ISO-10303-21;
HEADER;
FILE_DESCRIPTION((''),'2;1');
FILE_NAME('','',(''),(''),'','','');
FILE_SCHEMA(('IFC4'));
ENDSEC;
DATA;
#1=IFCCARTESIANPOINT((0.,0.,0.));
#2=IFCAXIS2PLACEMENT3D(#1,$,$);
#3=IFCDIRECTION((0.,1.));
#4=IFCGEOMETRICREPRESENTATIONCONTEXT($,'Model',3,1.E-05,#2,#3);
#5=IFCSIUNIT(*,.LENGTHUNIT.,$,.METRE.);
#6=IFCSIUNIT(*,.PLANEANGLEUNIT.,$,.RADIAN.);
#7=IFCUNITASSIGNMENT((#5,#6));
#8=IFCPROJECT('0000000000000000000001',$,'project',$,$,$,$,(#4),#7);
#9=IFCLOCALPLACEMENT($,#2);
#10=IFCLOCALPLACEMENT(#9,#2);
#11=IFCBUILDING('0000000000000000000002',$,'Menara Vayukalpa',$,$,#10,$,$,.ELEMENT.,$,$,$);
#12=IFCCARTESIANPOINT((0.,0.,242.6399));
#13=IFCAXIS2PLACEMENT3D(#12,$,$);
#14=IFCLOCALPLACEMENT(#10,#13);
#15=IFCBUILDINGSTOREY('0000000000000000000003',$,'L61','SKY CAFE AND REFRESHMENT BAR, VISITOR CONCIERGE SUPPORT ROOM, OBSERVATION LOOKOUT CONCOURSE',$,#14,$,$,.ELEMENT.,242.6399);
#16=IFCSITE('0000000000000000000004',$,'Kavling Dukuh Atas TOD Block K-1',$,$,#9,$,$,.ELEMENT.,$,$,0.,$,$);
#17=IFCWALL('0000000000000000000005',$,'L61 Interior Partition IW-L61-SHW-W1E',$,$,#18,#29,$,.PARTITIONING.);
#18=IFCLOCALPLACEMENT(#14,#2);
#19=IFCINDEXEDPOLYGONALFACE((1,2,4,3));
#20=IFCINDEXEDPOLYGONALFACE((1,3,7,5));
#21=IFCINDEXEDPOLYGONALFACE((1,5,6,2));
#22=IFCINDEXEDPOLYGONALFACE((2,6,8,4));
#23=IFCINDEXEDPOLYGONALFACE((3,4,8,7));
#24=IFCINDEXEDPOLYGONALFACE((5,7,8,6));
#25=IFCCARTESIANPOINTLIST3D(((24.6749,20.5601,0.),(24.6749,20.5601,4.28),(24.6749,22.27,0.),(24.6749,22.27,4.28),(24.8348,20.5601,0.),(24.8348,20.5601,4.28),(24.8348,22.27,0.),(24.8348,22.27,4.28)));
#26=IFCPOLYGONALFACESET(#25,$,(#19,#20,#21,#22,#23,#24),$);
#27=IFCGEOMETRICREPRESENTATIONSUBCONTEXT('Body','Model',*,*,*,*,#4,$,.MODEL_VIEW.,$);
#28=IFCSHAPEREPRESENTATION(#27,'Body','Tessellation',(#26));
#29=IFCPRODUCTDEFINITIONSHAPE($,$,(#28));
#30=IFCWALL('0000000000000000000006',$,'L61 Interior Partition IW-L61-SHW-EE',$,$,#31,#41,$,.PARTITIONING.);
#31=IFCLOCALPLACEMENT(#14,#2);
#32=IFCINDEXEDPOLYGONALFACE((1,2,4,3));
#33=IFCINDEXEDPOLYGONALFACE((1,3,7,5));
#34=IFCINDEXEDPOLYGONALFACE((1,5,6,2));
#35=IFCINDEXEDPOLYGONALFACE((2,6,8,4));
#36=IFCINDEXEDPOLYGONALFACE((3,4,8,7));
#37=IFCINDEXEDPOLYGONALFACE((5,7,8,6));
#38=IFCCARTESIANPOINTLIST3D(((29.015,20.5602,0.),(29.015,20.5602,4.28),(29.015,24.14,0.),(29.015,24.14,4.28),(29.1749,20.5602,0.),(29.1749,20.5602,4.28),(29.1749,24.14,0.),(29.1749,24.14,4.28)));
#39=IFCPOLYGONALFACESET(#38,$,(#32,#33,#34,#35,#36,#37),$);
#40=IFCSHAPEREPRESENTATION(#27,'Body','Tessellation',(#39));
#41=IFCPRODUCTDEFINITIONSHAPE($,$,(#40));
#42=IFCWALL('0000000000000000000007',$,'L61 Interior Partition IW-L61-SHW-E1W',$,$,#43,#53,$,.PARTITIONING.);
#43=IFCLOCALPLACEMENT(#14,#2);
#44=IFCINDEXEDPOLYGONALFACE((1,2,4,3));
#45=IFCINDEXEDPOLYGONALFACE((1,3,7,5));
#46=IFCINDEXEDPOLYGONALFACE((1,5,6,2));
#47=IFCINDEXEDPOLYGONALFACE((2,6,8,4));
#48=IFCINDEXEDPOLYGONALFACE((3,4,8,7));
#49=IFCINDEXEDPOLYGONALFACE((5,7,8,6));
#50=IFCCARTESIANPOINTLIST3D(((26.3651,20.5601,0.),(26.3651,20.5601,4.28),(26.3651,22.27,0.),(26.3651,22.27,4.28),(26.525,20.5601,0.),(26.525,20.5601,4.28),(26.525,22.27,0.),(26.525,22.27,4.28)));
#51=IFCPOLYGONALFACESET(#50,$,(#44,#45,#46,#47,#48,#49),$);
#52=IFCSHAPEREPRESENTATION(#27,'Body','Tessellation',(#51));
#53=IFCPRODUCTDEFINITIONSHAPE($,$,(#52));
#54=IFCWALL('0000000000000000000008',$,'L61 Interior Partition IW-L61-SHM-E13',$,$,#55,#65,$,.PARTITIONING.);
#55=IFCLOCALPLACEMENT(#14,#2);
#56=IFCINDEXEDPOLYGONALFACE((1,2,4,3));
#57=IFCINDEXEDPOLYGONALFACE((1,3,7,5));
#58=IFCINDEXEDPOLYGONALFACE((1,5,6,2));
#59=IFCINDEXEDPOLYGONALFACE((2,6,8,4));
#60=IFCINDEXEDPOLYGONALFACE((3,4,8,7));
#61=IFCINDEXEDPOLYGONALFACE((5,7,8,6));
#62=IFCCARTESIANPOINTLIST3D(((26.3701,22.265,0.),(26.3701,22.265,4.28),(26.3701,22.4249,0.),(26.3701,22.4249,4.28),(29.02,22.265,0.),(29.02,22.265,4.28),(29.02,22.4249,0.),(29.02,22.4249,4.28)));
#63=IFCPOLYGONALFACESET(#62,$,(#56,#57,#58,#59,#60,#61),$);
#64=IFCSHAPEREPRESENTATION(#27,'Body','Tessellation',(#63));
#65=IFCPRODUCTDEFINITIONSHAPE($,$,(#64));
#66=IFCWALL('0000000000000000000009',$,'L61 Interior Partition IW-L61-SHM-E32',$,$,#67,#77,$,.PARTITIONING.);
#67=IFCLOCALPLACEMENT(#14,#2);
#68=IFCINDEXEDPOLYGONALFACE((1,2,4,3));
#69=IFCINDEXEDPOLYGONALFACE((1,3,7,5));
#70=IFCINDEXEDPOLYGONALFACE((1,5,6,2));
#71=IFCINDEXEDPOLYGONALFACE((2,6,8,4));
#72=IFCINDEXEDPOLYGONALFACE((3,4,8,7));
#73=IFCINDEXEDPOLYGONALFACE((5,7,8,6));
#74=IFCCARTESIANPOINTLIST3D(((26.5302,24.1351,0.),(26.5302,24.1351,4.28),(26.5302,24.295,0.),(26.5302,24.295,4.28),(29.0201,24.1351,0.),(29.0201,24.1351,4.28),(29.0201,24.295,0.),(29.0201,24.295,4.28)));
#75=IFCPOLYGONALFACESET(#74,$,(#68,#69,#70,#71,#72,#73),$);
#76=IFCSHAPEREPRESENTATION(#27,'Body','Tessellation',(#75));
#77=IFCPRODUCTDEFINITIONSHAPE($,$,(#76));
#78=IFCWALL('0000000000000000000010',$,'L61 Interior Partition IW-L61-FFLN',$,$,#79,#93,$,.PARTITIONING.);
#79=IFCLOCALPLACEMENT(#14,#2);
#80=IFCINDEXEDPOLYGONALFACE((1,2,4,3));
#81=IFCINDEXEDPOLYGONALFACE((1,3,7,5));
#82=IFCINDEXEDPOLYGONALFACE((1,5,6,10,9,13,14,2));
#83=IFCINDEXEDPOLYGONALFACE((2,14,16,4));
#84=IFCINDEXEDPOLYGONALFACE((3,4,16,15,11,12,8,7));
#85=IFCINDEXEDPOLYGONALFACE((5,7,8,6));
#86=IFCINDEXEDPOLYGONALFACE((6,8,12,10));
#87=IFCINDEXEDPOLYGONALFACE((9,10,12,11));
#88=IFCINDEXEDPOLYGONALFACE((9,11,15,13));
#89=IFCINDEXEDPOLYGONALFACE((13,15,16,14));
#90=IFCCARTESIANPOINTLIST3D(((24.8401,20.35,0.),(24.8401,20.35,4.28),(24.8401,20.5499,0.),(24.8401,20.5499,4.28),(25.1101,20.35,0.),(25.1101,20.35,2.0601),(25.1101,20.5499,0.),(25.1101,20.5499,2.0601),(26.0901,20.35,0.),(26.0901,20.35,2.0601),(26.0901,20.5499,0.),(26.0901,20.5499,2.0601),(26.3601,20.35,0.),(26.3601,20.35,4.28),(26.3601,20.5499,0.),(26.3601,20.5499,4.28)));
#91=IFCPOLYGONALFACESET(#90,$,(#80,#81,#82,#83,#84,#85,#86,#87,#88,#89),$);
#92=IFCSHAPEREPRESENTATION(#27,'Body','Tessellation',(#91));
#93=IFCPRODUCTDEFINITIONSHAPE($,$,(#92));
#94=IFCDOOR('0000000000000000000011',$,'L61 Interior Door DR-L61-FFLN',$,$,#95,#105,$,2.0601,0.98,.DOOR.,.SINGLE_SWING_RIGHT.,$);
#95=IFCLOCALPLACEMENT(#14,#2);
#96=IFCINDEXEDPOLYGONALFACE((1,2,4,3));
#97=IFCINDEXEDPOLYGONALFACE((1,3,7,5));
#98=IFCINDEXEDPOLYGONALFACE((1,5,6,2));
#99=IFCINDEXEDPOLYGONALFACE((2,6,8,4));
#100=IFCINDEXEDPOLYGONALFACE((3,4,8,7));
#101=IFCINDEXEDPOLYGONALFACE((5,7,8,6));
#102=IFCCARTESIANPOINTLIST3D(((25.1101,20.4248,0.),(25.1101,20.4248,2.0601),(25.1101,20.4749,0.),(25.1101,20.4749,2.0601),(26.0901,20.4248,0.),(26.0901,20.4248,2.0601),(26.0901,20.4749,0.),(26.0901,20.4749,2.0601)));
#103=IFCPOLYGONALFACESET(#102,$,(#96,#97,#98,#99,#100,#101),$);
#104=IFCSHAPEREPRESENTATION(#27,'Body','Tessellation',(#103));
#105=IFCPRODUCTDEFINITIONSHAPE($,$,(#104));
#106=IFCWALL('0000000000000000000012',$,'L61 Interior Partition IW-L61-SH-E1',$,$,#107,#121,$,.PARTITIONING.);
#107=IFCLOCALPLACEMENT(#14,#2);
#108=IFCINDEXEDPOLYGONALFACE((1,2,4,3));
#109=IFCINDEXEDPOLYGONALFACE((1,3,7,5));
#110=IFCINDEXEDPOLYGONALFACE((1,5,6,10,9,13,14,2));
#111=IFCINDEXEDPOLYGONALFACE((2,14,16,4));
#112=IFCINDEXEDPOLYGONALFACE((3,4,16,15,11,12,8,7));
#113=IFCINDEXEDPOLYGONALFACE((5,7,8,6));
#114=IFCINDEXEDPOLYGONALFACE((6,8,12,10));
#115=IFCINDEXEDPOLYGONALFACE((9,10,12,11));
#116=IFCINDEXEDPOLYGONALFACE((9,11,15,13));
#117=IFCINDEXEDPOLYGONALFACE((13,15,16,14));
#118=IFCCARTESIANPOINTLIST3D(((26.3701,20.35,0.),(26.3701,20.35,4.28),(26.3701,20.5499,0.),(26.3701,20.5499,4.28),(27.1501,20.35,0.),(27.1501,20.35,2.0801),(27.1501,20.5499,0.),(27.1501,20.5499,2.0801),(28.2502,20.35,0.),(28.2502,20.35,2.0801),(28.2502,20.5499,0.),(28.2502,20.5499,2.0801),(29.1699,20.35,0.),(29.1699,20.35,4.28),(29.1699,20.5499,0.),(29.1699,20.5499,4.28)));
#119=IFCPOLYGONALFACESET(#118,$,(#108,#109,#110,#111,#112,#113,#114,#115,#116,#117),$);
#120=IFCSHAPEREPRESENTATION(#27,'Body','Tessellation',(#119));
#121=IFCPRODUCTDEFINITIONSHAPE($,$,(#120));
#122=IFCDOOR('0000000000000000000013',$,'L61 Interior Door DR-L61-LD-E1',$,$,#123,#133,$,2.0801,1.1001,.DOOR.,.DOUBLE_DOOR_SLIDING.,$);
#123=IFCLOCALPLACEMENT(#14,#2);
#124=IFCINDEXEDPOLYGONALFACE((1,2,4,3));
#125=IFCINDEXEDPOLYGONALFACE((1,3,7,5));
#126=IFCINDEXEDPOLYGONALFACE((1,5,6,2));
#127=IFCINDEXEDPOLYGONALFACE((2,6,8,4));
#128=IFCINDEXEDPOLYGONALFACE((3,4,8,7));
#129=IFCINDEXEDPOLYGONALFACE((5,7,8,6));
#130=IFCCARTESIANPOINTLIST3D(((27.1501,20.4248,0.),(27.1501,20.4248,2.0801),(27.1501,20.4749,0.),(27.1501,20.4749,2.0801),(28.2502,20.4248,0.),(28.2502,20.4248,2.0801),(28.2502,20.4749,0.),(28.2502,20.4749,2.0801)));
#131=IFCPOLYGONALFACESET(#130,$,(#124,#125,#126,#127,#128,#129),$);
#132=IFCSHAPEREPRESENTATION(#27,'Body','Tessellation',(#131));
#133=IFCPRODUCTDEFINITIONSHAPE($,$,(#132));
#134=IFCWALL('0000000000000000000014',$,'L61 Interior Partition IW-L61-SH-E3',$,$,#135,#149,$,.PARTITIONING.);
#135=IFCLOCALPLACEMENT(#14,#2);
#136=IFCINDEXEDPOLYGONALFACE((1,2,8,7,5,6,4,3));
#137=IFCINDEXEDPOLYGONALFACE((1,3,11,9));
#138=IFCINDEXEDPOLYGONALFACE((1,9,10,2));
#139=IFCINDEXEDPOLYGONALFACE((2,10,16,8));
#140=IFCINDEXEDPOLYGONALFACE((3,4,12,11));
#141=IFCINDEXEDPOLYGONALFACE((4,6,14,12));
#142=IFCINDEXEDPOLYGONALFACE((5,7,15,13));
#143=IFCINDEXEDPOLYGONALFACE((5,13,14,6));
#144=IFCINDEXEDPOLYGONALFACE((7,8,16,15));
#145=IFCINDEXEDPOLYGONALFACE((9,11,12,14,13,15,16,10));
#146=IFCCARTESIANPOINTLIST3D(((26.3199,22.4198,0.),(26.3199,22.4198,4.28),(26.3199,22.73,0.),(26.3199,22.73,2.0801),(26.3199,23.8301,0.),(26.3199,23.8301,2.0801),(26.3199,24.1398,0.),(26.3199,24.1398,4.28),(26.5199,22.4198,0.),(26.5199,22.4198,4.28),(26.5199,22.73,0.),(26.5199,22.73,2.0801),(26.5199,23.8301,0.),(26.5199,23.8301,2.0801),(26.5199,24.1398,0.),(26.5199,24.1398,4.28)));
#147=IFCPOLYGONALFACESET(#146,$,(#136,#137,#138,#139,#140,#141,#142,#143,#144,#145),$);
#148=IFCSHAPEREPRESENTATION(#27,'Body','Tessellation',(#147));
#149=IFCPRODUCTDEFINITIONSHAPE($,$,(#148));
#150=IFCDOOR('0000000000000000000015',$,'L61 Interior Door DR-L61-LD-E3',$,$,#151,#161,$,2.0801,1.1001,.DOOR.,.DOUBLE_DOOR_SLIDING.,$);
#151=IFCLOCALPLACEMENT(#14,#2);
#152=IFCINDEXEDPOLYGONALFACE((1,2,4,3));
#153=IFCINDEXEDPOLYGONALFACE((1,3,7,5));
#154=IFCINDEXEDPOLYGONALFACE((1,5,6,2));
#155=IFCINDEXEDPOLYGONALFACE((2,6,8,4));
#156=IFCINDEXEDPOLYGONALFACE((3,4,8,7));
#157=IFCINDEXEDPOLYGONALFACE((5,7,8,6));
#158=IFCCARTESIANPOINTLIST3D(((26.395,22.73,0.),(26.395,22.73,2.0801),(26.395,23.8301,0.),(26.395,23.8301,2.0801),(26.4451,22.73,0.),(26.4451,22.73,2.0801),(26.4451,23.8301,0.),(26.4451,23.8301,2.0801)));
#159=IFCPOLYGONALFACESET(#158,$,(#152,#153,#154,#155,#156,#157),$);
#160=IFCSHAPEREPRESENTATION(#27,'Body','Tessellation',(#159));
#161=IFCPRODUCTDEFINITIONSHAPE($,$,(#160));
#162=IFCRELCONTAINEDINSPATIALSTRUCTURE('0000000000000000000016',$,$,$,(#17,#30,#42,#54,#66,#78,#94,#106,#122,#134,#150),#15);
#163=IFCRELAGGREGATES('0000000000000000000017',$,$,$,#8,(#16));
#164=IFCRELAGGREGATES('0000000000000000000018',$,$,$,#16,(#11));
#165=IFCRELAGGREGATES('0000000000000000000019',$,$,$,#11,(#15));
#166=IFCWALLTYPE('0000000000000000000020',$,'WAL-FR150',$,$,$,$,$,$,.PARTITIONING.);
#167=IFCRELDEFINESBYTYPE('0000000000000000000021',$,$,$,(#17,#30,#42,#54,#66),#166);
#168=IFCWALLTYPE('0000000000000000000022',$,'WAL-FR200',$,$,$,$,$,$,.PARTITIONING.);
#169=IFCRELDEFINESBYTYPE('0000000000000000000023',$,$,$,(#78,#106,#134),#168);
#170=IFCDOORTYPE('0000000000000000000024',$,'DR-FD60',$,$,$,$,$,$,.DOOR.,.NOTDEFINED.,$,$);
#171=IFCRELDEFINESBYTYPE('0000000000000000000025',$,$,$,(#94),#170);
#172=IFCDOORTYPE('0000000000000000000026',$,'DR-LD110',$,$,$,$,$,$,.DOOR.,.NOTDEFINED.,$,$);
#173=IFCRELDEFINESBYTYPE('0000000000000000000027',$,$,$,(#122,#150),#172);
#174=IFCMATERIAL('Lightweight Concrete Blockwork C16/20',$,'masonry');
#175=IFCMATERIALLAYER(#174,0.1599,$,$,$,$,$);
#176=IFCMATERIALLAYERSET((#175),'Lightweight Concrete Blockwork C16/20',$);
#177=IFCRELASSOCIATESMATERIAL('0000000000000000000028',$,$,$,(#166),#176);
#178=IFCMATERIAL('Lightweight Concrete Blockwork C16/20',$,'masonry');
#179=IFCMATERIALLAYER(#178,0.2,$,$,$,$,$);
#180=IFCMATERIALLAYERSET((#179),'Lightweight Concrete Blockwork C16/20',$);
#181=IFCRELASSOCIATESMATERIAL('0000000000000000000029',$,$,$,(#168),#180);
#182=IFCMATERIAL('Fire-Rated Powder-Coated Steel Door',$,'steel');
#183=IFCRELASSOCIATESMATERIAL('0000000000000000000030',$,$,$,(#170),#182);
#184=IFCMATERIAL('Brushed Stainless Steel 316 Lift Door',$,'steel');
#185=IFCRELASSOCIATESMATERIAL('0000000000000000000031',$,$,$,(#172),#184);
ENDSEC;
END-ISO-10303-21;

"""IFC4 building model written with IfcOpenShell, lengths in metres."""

from ifc_helpers import new_model, si_unit, direction, frame, frame_2d, origin, place, context, subcontext, project, spatial, rectangle, extrude, material, layer, layer_set, type_object, element, fill, save


model = new_model("IFC4")

# Units and contexts
model_context = context("Model", 3, precision=1e-05, world=origin(), true_north=direction((0.0, 1.0)))
body_context = subcontext(model_context, "Body", "Model", "MODEL_VIEW")
ifc_project = project(units=[si_unit("LENGTHUNIT", "METRE"), si_unit("PLANEANGLEUNIT", "RADIAN")], contexts=[model_context])

# Site, building, storey
site_placement = place(None, origin())
site = spatial("IfcSite", under=ifc_project, at=site_placement, Name="Kavling Dukuh Atas TOD Block K-1", CompositionType="ELEMENT", RefElevation=0.0)
building_placement = place(site_placement, origin())
building = spatial("IfcBuilding", under=site, at=building_placement, Name="Menara Vayukalpa", CompositionType="ELEMENT")
storey_placement = place(building_placement, frame((0.0, 0.0, 242.6399)))
storey = spatial("IfcBuildingStorey", under=building, at=storey_placement, Name="L61", Description="SKY CAFE AND REFRESHMENT BAR, VISITOR CONCIERGE SUPPORT ROOM, OBSERVATION LOOKOUT CONCOURSE", CompositionType="ELEMENT", Elevation=242.6399)

# Walls
ifc_material_1 = material(Name="Lightweight Concrete Blockwork C16/20", Category="masonry")
ifc_layer_1 = layer(ifc_material_1, 0.1599)
ifc_layer_set_1 = layer_set([ifc_layer_1], Name="Lightweight Concrete Blockwork C16/20")
wall_type_1 = type_object("IfcWallType", Name="WAL-FR150", PredefinedType="PARTITIONING", material=ifc_layer_set_1)
wall_1_placement = place(storey_placement, frame((24.7549, 20.5601, 0.0), z_axis=(0.0, 0.0, 1.0), x_axis=(0.0, 1.0, 0.0)))
element("IfcWall", 1, at=wall_1_placement, inside=storey, type_object=wall_type_1, Name="L61 Interior Partition IW-L61-SHW-W1E", PredefinedType="PARTITIONING", context=body_context, shape_type="SweptSolid", body=[
    extrude(rectangle(XDim=1.71, YDim=0.1599, at=frame_2d((0.855, 0.0))), origin(), (0.0, 0.0, 1.0), 4.28),
])
wall_2_placement = place(storey_placement, frame((29.095, 20.5601, 0.0), z_axis=(0.0, 0.0, 1.0), x_axis=(0.0, 1.0, 0.0)))
element("IfcWall", 2, at=wall_2_placement, inside=storey, type_object=wall_type_1, Name="L61 Interior Partition IW-L61-SHW-EE", PredefinedType="PARTITIONING", context=body_context, shape_type="SweptSolid", body=[
    extrude(rectangle(XDim=3.5798, YDim=0.1599, at=frame_2d((1.79, 0.0))), origin(), (0.0, 0.0, 1.0), 4.28),
])
wall_3_placement = place(storey_placement, frame((26.4451, 20.5601, 0.0), z_axis=(0.0, 0.0, 1.0), x_axis=(0.0, 1.0, 0.0)))
element("IfcWall", 3, at=wall_3_placement, inside=storey, type_object=wall_type_1, Name="L61 Interior Partition IW-L61-SHW-E1W", PredefinedType="PARTITIONING", context=body_context, shape_type="SweptSolid", body=[
    extrude(rectangle(XDim=1.71, YDim=0.1599, at=frame_2d((0.855, 0.0))), origin(), (0.0, 0.0, 1.0), 4.28),
])
wall_4_placement = place(storey_placement, frame((26.3701, 22.345, 0.0), z_axis=(0.0, 0.0, 1.0), x_axis=(1.0, 0.0, 0.0)))
element("IfcWall", 4, at=wall_4_placement, inside=storey, type_object=wall_type_1, Name="L61 Interior Partition IW-L61-SHM-E13", PredefinedType="PARTITIONING", context=body_context, shape_type="SweptSolid", body=[
    extrude(rectangle(XDim=2.6499, YDim=0.1599, at=frame_2d((1.325, 0.0))), origin(), (0.0, 0.0, 1.0), 4.28),
])
wall_5_placement = place(storey_placement, frame((26.53, 24.2151, 0.0), z_axis=(0.0, 0.0, 1.0), x_axis=(1.0, 0.0, 0.0)))
element("IfcWall", 5, at=wall_5_placement, inside=storey, type_object=wall_type_1, Name="L61 Interior Partition IW-L61-SHM-E32", PredefinedType="PARTITIONING", context=body_context, shape_type="SweptSolid", body=[
    extrude(rectangle(XDim=2.49, YDim=0.1599, at=frame_2d((1.2451, 0.0))), origin(), (0.0, 0.0, 1.0), 4.28),
])

# Walls, openings, doors
ifc_material_2 = material(Name="Lightweight Concrete Blockwork C16/20", Category="masonry")
ifc_layer_2 = layer(ifc_material_2, 0.2)
ifc_layer_set_2 = layer_set([ifc_layer_2], Name="Lightweight Concrete Blockwork C16/20")
wall_type_2 = type_object("IfcWallType", Name="WAL-FR200", PredefinedType="PARTITIONING", material=ifc_layer_set_2)
wall_6_placement = place(storey_placement, frame((24.8401, 20.45, 0.0), z_axis=(0.0, 0.0, 1.0), x_axis=(1.0, 0.0, 0.0)))
wall_6 = element("IfcWall", 6, at=wall_6_placement, inside=storey, type_object=wall_type_2, Name="L61 Interior Partition IW-L61-FFLN", PredefinedType="PARTITIONING", context=body_context, shape_type="SweptSolid", body=[
    extrude(rectangle(XDim=1.52, YDim=0.2, at=frame_2d((0.76, 0.0))), origin(), (0.0, 0.0, 1.0), 4.28),
])
opening_1_placement = place(wall_6_placement, frame((0.27, 0.0, 0.0)))
opening_1 = element("IfcOpeningElement", 7, at=opening_1_placement, cuts=wall_6, PredefinedType="OPENING", context=body_context, shape_type="SweptSolid", body=[
    extrude(rectangle(XDim=0.98, YDim=2.0601, at=frame_2d((0.49, 1.03))), frame((0.0, 0.1099, 0.0), z_axis=(0.0, -1.0, 0.0), x_axis=(1.0, 0.0, 0.0)), (0.0, 0.0, 1.0), 0.22),
])
ifc_material_3 = material(Name="Fire-Rated Powder-Coated Steel Door", Category="steel")
door_type_1 = type_object("IfcDoorType", Name="DR-FD60", OperationType="NOTDEFINED", PredefinedType="DOOR", material=ifc_material_3)
door_1_placement = place(opening_1_placement, origin())
door_1 = element("IfcDoor", 8, at=door_1_placement, inside=storey, type_object=door_type_1, Name="L61 Interior Door DR-L61-FFLN", OperationType="SINGLE_SWING_RIGHT", OverallHeight=2.0601, OverallWidth=0.98, PredefinedType="DOOR", context=body_context, shape_type="SweptSolid", body=[
    extrude(rectangle(XDim=0.98, YDim=2.0601, at=frame_2d((0.49, 1.03))), frame((0.0, 0.0249, 0.0), z_axis=(0.0, -1.0, 0.0), x_axis=(1.0, 0.0, 0.0)), (0.0, 0.0, 1.0), 0.05),
])
fill(opening_1, door_1)
wall_7_placement = place(storey_placement, frame((26.3701, 20.45, 0.0), z_axis=(0.0, 0.0, 1.0), x_axis=(1.0, 0.0, 0.0)))
wall_7 = element("IfcWall", 9, at=wall_7_placement, inside=storey, type_object=wall_type_2, Name="L61 Interior Partition IW-L61-SH-E1", PredefinedType="PARTITIONING", context=body_context, shape_type="SweptSolid", body=[
    extrude(rectangle(XDim=2.7998, YDim=0.2, at=frame_2d((1.3999, 0.0))), origin(), (0.0, 0.0, 1.0), 4.28),
])
opening_2_placement = place(wall_7_placement, frame((0.78, 0.0, 0.0)))
opening_2 = element("IfcOpeningElement", 10, at=opening_2_placement, cuts=wall_7, PredefinedType="OPENING", context=body_context, shape_type="SweptSolid", body=[
    extrude(rectangle(XDim=1.1001, YDim=2.0801, at=frame_2d((0.55, 1.04))), frame((0.0, 0.1099, 0.0), z_axis=(0.0, -1.0, 0.0), x_axis=(1.0, 0.0, 0.0)), (0.0, 0.0, 1.0), 0.22),
])
ifc_material_4 = material(Name="Brushed Stainless Steel 316 Lift Door", Category="steel")
door_type_2 = type_object("IfcDoorType", Name="DR-LD110", OperationType="NOTDEFINED", PredefinedType="DOOR", material=ifc_material_4)
door_2_placement = place(opening_2_placement, origin())
door_2 = element("IfcDoor", 11, at=door_2_placement, inside=storey, type_object=door_type_2, Name="L61 Interior Door DR-L61-LD-E1", OperationType="DOUBLE_DOOR_SLIDING", OverallHeight=2.0801, OverallWidth=1.1001, PredefinedType="DOOR", context=body_context, shape_type="SweptSolid", body=[
    extrude(rectangle(XDim=1.1001, YDim=2.0801, at=frame_2d((0.55, 1.04))), frame((0.0, 0.0249, 0.0), z_axis=(0.0, -1.0, 0.0), x_axis=(1.0, 0.0, 0.0)), (0.0, 0.0, 1.0), 0.05),
])
fill(opening_2, door_2)
wall_8_placement = place(storey_placement, frame((26.4199, 22.4199, 0.0), z_axis=(0.0, 0.0, 1.0), x_axis=(0.0, 1.0, 0.0)))
wall_8 = element("IfcWall", 12, at=wall_8_placement, inside=storey, type_object=wall_type_2, Name="L61 Interior Partition IW-L61-SH-E3", PredefinedType="PARTITIONING", context=body_context, shape_type="SweptSolid", body=[
    extrude(rectangle(XDim=1.72, YDim=0.2, at=frame_2d((0.8599, 0.0))), origin(), (0.0, 0.0, 1.0), 4.28),
])
opening_3_placement = place(wall_8_placement, frame((0.3101, 0.0, 0.0)))
opening_3 = element("IfcOpeningElement", 13, at=opening_3_placement, cuts=wall_8, PredefinedType="OPENING", context=body_context, shape_type="SweptSolid", body=[
    extrude(rectangle(XDim=1.1001, YDim=2.0801, at=frame_2d((0.55, 1.04))), frame((0.0, 0.1099, 0.0), z_axis=(0.0, -1.0, 0.0), x_axis=(1.0, 0.0, 0.0)), (0.0, 0.0, 1.0), 0.22),
])
door_3_placement = place(opening_3_placement, origin())
door_3 = element("IfcDoor", 14, at=door_3_placement, inside=storey, type_object=door_type_2, Name="L61 Interior Door DR-L61-LD-E3", OperationType="DOUBLE_DOOR_SLIDING", OverallHeight=2.0801, OverallWidth=1.1001, PredefinedType="DOOR", context=body_context, shape_type="SweptSolid", body=[
    extrude(rectangle(XDim=1.1001, YDim=2.0801, at=frame_2d((0.55, 1.04))), frame((0.0, 0.0249, 0.0), z_axis=(0.0, -1.0, 0.0), x_axis=(1.0, 0.0, 0.0)), (0.0, 0.0, 1.0), 0.05),
])
fill(opening_3, door_3)

save(model, "model.ifc")
